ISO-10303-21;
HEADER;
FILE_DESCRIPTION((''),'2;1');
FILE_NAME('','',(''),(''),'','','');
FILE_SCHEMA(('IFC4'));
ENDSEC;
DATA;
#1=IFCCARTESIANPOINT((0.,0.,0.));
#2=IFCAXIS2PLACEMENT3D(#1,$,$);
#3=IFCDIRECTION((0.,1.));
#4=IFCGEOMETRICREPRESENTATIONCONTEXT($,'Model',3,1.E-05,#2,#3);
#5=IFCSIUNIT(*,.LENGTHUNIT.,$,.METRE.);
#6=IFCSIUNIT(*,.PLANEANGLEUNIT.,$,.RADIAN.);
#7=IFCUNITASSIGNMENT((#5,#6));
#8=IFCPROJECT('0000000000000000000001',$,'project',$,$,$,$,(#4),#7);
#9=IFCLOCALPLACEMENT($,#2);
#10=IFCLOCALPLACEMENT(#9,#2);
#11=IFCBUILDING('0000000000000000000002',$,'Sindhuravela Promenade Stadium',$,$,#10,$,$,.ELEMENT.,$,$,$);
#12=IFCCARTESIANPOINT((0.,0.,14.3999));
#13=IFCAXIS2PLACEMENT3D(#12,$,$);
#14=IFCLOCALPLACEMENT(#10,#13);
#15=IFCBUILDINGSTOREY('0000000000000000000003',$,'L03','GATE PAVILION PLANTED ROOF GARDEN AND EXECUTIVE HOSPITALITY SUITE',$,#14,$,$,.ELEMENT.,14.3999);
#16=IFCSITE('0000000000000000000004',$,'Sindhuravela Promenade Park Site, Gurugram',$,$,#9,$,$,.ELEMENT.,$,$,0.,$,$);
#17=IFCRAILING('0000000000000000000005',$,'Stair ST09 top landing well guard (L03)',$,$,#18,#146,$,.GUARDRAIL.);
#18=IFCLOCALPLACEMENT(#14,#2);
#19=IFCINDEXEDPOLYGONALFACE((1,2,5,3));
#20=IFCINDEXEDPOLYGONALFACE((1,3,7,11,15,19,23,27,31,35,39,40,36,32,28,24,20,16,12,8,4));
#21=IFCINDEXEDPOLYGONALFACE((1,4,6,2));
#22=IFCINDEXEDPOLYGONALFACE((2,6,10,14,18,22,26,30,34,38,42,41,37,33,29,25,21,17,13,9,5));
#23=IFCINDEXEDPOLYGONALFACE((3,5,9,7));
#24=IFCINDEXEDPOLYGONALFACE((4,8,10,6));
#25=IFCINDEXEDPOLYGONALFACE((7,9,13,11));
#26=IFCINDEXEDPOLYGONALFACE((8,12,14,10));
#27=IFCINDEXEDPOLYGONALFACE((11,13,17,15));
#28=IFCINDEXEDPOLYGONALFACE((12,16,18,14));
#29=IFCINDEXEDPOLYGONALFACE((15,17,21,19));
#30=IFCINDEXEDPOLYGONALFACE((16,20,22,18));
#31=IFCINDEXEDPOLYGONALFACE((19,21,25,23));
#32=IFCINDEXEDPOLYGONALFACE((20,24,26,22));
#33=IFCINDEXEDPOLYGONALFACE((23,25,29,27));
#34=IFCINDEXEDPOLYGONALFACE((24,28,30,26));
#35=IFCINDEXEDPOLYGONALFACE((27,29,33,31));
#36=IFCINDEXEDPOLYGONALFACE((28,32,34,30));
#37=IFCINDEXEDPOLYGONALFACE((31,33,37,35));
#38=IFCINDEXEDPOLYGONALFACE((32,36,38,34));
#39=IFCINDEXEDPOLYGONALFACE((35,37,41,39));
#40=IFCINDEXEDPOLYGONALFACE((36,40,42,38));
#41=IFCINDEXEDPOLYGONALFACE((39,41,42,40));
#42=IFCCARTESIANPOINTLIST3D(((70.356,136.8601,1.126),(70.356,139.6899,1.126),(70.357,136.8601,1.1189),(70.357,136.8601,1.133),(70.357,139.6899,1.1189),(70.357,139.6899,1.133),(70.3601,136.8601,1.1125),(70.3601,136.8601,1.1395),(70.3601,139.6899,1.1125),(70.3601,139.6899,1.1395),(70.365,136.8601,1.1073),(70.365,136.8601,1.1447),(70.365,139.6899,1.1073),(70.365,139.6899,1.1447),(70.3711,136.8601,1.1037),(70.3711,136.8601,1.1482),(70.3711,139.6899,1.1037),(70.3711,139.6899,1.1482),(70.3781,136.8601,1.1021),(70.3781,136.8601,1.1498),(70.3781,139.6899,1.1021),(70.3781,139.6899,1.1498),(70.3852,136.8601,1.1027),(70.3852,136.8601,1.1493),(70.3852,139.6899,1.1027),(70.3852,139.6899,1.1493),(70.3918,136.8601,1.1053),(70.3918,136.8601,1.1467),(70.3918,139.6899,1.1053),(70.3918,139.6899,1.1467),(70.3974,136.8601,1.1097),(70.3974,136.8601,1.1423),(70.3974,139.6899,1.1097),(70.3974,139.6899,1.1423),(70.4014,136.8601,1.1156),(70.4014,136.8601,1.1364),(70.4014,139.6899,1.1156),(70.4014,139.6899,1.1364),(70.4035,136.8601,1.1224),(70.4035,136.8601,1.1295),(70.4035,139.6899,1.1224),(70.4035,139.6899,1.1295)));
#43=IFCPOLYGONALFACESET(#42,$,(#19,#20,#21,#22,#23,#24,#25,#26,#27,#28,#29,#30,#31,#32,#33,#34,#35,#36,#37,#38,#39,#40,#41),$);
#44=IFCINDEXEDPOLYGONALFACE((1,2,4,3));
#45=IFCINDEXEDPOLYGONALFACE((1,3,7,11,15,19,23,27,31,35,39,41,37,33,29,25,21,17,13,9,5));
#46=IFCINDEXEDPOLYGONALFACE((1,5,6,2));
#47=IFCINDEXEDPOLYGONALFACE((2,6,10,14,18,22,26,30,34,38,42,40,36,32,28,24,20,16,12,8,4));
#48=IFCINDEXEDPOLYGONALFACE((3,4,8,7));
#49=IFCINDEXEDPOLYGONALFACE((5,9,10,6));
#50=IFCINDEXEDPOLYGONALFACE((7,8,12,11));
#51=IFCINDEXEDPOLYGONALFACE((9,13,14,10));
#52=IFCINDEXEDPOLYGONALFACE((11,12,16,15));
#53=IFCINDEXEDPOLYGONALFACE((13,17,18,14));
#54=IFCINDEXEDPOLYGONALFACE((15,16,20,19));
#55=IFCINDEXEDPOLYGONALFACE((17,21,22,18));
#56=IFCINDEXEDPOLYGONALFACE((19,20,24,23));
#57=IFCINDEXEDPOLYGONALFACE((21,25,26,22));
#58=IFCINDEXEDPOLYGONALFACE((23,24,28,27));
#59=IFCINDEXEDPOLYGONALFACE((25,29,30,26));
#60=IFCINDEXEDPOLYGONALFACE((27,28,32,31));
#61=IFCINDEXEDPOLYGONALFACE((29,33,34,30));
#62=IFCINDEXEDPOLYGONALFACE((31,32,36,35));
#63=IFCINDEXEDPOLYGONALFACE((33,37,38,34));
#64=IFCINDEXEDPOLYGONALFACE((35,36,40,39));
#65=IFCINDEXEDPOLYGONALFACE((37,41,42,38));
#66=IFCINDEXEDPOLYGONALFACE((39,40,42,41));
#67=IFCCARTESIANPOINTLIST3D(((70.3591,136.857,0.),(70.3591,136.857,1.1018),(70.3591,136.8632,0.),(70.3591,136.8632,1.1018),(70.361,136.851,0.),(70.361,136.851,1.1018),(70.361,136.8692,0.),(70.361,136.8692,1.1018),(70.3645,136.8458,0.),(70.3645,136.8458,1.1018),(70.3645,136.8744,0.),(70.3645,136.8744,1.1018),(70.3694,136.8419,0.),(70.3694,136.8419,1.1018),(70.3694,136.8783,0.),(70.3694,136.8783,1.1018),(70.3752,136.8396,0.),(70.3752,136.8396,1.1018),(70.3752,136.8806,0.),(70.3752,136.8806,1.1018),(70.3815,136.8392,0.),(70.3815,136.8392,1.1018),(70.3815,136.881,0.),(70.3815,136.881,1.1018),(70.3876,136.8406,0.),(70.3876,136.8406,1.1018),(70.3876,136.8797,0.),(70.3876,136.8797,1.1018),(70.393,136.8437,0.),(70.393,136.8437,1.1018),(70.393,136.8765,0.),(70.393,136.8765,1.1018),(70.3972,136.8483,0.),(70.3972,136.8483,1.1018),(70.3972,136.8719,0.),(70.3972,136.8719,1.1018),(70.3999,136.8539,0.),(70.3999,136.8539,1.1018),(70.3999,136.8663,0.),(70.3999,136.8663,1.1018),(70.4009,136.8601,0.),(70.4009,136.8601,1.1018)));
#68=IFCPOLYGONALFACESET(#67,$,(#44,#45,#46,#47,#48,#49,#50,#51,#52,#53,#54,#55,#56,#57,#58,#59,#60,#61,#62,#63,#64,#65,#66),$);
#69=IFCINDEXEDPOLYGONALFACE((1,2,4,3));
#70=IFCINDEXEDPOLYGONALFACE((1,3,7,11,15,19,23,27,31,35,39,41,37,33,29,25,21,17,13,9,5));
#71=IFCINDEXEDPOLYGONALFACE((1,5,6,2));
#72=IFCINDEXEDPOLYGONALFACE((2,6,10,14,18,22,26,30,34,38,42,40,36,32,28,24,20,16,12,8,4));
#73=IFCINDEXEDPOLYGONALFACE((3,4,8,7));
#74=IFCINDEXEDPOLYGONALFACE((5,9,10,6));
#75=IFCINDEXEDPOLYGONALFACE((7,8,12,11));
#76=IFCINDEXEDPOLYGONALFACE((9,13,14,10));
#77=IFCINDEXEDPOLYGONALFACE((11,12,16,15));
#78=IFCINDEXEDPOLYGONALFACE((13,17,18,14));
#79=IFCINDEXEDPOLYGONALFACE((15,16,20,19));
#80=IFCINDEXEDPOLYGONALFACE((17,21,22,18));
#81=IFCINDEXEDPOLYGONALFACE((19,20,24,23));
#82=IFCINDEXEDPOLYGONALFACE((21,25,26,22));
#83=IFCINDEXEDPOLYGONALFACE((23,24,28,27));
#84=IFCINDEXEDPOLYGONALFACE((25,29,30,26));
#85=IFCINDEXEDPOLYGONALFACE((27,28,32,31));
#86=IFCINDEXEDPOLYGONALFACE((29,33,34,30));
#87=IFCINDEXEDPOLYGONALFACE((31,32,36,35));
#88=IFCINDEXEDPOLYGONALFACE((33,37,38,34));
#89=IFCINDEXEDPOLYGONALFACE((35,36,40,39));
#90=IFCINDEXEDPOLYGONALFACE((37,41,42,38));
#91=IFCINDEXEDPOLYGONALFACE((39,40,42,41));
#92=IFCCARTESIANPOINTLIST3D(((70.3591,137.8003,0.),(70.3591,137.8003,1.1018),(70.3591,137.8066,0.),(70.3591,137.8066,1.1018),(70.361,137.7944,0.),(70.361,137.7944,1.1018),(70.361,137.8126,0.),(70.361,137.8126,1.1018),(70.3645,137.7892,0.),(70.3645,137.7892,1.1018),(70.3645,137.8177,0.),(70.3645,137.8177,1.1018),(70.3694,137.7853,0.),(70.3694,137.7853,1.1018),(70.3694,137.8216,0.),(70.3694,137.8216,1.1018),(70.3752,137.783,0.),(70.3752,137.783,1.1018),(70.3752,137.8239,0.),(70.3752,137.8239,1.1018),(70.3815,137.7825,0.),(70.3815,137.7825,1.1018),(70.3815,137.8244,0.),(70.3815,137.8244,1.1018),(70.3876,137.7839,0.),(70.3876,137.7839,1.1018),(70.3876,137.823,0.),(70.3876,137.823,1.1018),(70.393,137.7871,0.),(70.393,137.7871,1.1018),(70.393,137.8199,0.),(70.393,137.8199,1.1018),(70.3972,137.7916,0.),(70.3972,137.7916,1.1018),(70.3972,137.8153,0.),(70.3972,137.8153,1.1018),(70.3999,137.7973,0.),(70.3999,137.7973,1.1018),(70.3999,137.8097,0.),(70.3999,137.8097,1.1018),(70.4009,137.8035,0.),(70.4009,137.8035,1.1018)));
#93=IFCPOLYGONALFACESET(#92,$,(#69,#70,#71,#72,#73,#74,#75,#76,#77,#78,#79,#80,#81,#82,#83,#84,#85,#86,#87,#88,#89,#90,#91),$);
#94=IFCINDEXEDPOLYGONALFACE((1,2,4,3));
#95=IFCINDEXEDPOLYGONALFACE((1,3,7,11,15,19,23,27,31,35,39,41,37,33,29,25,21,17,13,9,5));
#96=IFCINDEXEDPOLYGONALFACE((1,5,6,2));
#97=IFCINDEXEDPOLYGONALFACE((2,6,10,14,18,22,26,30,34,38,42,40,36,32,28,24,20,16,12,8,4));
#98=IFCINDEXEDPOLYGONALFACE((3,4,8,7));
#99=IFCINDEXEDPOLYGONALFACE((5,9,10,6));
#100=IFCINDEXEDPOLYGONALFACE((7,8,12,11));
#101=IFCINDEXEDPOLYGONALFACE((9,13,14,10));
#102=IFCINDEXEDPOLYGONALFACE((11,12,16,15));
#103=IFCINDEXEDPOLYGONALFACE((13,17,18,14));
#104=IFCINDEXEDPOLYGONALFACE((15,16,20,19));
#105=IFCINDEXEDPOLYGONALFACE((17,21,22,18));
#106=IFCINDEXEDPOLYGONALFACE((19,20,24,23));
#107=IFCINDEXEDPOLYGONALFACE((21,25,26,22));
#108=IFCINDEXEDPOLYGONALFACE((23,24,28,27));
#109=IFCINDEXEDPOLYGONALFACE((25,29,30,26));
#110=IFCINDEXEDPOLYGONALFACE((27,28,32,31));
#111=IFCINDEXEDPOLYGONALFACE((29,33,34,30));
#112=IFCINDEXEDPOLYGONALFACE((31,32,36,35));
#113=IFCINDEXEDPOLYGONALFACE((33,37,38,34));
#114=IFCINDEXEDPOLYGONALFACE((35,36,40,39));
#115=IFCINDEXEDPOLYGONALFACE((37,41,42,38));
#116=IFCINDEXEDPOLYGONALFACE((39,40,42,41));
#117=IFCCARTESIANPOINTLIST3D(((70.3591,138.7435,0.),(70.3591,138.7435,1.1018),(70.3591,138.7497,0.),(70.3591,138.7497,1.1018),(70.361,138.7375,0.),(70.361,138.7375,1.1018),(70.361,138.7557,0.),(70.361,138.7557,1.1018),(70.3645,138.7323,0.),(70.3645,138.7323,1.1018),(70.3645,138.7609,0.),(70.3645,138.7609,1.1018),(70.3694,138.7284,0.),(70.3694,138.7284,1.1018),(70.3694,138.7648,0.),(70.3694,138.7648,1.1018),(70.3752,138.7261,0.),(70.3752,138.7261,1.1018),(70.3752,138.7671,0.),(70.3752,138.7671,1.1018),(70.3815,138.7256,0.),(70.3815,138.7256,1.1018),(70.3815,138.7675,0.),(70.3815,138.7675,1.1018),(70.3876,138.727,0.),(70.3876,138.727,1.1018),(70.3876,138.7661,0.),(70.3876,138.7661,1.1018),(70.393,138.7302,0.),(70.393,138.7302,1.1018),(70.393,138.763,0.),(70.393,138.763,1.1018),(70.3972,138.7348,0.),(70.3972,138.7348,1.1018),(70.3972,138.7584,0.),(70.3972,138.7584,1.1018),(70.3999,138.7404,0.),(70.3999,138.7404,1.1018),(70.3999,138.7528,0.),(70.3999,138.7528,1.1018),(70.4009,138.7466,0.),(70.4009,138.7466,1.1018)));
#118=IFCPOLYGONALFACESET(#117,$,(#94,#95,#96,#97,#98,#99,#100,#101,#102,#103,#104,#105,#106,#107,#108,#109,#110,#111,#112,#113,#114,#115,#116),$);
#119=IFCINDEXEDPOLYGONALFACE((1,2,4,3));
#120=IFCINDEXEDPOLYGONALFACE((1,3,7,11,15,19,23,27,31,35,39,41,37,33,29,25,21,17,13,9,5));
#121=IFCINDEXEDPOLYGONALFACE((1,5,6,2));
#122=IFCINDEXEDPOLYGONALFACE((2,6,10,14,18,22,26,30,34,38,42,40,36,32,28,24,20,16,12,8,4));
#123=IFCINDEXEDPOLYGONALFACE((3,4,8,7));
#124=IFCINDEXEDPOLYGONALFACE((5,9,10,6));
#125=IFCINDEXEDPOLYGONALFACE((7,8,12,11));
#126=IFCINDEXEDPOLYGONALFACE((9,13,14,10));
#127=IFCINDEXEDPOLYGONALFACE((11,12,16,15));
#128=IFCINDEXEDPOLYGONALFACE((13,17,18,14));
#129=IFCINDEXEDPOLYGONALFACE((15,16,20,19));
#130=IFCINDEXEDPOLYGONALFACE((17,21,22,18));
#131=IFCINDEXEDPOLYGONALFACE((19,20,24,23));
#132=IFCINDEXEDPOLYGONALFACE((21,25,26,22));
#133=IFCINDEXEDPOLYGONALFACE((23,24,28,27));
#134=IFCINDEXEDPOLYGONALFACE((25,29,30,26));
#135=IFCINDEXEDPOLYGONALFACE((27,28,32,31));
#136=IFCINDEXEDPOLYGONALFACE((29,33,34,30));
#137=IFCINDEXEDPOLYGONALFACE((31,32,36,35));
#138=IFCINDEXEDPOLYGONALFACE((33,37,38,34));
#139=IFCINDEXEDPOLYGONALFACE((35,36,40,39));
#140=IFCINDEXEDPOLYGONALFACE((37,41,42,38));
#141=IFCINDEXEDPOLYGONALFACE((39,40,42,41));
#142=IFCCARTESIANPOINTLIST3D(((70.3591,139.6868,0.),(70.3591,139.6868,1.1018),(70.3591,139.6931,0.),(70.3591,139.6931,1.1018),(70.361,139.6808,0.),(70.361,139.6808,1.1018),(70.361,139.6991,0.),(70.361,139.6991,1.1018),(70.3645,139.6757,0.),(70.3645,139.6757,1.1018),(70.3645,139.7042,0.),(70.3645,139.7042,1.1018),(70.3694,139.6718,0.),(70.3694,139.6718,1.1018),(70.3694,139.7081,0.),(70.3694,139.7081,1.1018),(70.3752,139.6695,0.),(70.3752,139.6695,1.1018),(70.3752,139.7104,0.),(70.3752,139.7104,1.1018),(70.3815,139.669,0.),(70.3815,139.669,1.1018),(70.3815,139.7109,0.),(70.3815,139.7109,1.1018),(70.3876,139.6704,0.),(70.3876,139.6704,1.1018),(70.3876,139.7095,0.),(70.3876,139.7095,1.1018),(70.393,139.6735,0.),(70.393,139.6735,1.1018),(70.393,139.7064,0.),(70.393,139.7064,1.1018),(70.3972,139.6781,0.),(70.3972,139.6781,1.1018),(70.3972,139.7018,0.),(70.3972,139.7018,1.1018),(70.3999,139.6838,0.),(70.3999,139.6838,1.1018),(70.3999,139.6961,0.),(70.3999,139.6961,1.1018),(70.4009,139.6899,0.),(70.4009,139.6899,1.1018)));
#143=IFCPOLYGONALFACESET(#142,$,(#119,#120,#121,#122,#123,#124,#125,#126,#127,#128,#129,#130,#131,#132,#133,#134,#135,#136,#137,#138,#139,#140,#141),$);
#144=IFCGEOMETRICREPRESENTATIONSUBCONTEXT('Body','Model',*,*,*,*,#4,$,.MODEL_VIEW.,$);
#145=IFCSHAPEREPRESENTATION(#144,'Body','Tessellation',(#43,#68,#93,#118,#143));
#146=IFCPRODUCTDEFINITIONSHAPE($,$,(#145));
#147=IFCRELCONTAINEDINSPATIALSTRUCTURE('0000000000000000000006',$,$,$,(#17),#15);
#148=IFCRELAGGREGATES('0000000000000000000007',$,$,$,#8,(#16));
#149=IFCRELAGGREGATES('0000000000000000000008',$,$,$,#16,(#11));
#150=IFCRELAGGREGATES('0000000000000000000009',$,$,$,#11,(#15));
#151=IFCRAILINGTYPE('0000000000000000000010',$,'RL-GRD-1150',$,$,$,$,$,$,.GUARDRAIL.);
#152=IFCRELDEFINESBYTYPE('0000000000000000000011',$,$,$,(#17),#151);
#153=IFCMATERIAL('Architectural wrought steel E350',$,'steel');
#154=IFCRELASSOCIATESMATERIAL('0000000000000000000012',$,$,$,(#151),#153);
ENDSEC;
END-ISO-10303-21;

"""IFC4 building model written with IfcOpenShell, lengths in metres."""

from ifc_helpers import new_model, si_unit, direction, frame, origin, origin_2d, place, context, subcontext, project, spatial, circle, extrude, material, type_object, element, save


model = new_model("IFC4")

# Units and contexts
model_context = context("Model", 3, precision=1e-05, world=origin(), true_north=direction((0.0, 1.0)))
body_context = subcontext(model_context, "Body", "Model", "MODEL_VIEW")
ifc_project = project(units=[si_unit("LENGTHUNIT", "METRE"), si_unit("PLANEANGLEUNIT", "RADIAN")], contexts=[model_context])

# Site, building, storey
site_placement = place(None, origin())
site = spatial("IfcSite", under=ifc_project, at=site_placement, Name="Sindhuravela Promenade Park Site, Gurugram", CompositionType="ELEMENT", RefElevation=0.0)
building_placement = place(site_placement, origin())
building = spatial("IfcBuilding", under=site, at=building_placement, Name="Sindhuravela Promenade Stadium", CompositionType="ELEMENT")
storey_placement = place(building_placement, frame((0.0, 0.0, 14.3999)))
storey = spatial("IfcBuildingStorey", under=building, at=storey_placement, Name="L03", Description="GATE PAVILION PLANTED ROOF GARDEN AND EXECUTIVE HOSPITALITY SUITE", CompositionType="ELEMENT", Elevation=14.3999)

# Shared definitions
ifc_material_1 = material(Name="Architectural wrought steel E350", Category="steel")

# Railing
railing_type = type_object("IfcRailingType", Name="RL-GRD-1150", PredefinedType="GUARDRAIL", material=ifc_material_1)
railing_placement = place(storey_placement, frame((70.3799, 136.8601, 0.0)))
element("IfcRailing", 1, at=railing_placement, inside=storey, type_object=railing_type, Name="Stair ST09 top landing well guard (L03)", PredefinedType="GUARDRAIL", context=body_context, shape_type="SweptSolid", body=[
    extrude(circle(Radius=0.0239, at=origin_2d()), frame((0.0, 0.0, 1.126), z_axis=(0.0, 1.0, 0.0), x_axis=(-1.0, 0.0, 0.0)), (0.0, 0.0, 1.0), 2.8298),
    extrude(circle(Radius=0.021, at=origin_2d()), origin(), (0.0, 0.0, 1.0), 1.1018),
    extrude(circle(Radius=0.021, at=origin_2d()), frame((0.0, 0.9434, 0.0)), (0.0, 0.0, 1.0), 1.1018),
    extrude(circle(Radius=0.021, at=origin_2d()), frame((0.0, 1.8865, 0.0)), (0.0, 0.0, 1.0), 1.1018),
    extrude(circle(Radius=0.021, at=origin_2d()), frame((0.0, 2.8298, 0.0)), (0.0, 0.0, 1.0), 1.1018),
])

save(model, "model.ifc")
